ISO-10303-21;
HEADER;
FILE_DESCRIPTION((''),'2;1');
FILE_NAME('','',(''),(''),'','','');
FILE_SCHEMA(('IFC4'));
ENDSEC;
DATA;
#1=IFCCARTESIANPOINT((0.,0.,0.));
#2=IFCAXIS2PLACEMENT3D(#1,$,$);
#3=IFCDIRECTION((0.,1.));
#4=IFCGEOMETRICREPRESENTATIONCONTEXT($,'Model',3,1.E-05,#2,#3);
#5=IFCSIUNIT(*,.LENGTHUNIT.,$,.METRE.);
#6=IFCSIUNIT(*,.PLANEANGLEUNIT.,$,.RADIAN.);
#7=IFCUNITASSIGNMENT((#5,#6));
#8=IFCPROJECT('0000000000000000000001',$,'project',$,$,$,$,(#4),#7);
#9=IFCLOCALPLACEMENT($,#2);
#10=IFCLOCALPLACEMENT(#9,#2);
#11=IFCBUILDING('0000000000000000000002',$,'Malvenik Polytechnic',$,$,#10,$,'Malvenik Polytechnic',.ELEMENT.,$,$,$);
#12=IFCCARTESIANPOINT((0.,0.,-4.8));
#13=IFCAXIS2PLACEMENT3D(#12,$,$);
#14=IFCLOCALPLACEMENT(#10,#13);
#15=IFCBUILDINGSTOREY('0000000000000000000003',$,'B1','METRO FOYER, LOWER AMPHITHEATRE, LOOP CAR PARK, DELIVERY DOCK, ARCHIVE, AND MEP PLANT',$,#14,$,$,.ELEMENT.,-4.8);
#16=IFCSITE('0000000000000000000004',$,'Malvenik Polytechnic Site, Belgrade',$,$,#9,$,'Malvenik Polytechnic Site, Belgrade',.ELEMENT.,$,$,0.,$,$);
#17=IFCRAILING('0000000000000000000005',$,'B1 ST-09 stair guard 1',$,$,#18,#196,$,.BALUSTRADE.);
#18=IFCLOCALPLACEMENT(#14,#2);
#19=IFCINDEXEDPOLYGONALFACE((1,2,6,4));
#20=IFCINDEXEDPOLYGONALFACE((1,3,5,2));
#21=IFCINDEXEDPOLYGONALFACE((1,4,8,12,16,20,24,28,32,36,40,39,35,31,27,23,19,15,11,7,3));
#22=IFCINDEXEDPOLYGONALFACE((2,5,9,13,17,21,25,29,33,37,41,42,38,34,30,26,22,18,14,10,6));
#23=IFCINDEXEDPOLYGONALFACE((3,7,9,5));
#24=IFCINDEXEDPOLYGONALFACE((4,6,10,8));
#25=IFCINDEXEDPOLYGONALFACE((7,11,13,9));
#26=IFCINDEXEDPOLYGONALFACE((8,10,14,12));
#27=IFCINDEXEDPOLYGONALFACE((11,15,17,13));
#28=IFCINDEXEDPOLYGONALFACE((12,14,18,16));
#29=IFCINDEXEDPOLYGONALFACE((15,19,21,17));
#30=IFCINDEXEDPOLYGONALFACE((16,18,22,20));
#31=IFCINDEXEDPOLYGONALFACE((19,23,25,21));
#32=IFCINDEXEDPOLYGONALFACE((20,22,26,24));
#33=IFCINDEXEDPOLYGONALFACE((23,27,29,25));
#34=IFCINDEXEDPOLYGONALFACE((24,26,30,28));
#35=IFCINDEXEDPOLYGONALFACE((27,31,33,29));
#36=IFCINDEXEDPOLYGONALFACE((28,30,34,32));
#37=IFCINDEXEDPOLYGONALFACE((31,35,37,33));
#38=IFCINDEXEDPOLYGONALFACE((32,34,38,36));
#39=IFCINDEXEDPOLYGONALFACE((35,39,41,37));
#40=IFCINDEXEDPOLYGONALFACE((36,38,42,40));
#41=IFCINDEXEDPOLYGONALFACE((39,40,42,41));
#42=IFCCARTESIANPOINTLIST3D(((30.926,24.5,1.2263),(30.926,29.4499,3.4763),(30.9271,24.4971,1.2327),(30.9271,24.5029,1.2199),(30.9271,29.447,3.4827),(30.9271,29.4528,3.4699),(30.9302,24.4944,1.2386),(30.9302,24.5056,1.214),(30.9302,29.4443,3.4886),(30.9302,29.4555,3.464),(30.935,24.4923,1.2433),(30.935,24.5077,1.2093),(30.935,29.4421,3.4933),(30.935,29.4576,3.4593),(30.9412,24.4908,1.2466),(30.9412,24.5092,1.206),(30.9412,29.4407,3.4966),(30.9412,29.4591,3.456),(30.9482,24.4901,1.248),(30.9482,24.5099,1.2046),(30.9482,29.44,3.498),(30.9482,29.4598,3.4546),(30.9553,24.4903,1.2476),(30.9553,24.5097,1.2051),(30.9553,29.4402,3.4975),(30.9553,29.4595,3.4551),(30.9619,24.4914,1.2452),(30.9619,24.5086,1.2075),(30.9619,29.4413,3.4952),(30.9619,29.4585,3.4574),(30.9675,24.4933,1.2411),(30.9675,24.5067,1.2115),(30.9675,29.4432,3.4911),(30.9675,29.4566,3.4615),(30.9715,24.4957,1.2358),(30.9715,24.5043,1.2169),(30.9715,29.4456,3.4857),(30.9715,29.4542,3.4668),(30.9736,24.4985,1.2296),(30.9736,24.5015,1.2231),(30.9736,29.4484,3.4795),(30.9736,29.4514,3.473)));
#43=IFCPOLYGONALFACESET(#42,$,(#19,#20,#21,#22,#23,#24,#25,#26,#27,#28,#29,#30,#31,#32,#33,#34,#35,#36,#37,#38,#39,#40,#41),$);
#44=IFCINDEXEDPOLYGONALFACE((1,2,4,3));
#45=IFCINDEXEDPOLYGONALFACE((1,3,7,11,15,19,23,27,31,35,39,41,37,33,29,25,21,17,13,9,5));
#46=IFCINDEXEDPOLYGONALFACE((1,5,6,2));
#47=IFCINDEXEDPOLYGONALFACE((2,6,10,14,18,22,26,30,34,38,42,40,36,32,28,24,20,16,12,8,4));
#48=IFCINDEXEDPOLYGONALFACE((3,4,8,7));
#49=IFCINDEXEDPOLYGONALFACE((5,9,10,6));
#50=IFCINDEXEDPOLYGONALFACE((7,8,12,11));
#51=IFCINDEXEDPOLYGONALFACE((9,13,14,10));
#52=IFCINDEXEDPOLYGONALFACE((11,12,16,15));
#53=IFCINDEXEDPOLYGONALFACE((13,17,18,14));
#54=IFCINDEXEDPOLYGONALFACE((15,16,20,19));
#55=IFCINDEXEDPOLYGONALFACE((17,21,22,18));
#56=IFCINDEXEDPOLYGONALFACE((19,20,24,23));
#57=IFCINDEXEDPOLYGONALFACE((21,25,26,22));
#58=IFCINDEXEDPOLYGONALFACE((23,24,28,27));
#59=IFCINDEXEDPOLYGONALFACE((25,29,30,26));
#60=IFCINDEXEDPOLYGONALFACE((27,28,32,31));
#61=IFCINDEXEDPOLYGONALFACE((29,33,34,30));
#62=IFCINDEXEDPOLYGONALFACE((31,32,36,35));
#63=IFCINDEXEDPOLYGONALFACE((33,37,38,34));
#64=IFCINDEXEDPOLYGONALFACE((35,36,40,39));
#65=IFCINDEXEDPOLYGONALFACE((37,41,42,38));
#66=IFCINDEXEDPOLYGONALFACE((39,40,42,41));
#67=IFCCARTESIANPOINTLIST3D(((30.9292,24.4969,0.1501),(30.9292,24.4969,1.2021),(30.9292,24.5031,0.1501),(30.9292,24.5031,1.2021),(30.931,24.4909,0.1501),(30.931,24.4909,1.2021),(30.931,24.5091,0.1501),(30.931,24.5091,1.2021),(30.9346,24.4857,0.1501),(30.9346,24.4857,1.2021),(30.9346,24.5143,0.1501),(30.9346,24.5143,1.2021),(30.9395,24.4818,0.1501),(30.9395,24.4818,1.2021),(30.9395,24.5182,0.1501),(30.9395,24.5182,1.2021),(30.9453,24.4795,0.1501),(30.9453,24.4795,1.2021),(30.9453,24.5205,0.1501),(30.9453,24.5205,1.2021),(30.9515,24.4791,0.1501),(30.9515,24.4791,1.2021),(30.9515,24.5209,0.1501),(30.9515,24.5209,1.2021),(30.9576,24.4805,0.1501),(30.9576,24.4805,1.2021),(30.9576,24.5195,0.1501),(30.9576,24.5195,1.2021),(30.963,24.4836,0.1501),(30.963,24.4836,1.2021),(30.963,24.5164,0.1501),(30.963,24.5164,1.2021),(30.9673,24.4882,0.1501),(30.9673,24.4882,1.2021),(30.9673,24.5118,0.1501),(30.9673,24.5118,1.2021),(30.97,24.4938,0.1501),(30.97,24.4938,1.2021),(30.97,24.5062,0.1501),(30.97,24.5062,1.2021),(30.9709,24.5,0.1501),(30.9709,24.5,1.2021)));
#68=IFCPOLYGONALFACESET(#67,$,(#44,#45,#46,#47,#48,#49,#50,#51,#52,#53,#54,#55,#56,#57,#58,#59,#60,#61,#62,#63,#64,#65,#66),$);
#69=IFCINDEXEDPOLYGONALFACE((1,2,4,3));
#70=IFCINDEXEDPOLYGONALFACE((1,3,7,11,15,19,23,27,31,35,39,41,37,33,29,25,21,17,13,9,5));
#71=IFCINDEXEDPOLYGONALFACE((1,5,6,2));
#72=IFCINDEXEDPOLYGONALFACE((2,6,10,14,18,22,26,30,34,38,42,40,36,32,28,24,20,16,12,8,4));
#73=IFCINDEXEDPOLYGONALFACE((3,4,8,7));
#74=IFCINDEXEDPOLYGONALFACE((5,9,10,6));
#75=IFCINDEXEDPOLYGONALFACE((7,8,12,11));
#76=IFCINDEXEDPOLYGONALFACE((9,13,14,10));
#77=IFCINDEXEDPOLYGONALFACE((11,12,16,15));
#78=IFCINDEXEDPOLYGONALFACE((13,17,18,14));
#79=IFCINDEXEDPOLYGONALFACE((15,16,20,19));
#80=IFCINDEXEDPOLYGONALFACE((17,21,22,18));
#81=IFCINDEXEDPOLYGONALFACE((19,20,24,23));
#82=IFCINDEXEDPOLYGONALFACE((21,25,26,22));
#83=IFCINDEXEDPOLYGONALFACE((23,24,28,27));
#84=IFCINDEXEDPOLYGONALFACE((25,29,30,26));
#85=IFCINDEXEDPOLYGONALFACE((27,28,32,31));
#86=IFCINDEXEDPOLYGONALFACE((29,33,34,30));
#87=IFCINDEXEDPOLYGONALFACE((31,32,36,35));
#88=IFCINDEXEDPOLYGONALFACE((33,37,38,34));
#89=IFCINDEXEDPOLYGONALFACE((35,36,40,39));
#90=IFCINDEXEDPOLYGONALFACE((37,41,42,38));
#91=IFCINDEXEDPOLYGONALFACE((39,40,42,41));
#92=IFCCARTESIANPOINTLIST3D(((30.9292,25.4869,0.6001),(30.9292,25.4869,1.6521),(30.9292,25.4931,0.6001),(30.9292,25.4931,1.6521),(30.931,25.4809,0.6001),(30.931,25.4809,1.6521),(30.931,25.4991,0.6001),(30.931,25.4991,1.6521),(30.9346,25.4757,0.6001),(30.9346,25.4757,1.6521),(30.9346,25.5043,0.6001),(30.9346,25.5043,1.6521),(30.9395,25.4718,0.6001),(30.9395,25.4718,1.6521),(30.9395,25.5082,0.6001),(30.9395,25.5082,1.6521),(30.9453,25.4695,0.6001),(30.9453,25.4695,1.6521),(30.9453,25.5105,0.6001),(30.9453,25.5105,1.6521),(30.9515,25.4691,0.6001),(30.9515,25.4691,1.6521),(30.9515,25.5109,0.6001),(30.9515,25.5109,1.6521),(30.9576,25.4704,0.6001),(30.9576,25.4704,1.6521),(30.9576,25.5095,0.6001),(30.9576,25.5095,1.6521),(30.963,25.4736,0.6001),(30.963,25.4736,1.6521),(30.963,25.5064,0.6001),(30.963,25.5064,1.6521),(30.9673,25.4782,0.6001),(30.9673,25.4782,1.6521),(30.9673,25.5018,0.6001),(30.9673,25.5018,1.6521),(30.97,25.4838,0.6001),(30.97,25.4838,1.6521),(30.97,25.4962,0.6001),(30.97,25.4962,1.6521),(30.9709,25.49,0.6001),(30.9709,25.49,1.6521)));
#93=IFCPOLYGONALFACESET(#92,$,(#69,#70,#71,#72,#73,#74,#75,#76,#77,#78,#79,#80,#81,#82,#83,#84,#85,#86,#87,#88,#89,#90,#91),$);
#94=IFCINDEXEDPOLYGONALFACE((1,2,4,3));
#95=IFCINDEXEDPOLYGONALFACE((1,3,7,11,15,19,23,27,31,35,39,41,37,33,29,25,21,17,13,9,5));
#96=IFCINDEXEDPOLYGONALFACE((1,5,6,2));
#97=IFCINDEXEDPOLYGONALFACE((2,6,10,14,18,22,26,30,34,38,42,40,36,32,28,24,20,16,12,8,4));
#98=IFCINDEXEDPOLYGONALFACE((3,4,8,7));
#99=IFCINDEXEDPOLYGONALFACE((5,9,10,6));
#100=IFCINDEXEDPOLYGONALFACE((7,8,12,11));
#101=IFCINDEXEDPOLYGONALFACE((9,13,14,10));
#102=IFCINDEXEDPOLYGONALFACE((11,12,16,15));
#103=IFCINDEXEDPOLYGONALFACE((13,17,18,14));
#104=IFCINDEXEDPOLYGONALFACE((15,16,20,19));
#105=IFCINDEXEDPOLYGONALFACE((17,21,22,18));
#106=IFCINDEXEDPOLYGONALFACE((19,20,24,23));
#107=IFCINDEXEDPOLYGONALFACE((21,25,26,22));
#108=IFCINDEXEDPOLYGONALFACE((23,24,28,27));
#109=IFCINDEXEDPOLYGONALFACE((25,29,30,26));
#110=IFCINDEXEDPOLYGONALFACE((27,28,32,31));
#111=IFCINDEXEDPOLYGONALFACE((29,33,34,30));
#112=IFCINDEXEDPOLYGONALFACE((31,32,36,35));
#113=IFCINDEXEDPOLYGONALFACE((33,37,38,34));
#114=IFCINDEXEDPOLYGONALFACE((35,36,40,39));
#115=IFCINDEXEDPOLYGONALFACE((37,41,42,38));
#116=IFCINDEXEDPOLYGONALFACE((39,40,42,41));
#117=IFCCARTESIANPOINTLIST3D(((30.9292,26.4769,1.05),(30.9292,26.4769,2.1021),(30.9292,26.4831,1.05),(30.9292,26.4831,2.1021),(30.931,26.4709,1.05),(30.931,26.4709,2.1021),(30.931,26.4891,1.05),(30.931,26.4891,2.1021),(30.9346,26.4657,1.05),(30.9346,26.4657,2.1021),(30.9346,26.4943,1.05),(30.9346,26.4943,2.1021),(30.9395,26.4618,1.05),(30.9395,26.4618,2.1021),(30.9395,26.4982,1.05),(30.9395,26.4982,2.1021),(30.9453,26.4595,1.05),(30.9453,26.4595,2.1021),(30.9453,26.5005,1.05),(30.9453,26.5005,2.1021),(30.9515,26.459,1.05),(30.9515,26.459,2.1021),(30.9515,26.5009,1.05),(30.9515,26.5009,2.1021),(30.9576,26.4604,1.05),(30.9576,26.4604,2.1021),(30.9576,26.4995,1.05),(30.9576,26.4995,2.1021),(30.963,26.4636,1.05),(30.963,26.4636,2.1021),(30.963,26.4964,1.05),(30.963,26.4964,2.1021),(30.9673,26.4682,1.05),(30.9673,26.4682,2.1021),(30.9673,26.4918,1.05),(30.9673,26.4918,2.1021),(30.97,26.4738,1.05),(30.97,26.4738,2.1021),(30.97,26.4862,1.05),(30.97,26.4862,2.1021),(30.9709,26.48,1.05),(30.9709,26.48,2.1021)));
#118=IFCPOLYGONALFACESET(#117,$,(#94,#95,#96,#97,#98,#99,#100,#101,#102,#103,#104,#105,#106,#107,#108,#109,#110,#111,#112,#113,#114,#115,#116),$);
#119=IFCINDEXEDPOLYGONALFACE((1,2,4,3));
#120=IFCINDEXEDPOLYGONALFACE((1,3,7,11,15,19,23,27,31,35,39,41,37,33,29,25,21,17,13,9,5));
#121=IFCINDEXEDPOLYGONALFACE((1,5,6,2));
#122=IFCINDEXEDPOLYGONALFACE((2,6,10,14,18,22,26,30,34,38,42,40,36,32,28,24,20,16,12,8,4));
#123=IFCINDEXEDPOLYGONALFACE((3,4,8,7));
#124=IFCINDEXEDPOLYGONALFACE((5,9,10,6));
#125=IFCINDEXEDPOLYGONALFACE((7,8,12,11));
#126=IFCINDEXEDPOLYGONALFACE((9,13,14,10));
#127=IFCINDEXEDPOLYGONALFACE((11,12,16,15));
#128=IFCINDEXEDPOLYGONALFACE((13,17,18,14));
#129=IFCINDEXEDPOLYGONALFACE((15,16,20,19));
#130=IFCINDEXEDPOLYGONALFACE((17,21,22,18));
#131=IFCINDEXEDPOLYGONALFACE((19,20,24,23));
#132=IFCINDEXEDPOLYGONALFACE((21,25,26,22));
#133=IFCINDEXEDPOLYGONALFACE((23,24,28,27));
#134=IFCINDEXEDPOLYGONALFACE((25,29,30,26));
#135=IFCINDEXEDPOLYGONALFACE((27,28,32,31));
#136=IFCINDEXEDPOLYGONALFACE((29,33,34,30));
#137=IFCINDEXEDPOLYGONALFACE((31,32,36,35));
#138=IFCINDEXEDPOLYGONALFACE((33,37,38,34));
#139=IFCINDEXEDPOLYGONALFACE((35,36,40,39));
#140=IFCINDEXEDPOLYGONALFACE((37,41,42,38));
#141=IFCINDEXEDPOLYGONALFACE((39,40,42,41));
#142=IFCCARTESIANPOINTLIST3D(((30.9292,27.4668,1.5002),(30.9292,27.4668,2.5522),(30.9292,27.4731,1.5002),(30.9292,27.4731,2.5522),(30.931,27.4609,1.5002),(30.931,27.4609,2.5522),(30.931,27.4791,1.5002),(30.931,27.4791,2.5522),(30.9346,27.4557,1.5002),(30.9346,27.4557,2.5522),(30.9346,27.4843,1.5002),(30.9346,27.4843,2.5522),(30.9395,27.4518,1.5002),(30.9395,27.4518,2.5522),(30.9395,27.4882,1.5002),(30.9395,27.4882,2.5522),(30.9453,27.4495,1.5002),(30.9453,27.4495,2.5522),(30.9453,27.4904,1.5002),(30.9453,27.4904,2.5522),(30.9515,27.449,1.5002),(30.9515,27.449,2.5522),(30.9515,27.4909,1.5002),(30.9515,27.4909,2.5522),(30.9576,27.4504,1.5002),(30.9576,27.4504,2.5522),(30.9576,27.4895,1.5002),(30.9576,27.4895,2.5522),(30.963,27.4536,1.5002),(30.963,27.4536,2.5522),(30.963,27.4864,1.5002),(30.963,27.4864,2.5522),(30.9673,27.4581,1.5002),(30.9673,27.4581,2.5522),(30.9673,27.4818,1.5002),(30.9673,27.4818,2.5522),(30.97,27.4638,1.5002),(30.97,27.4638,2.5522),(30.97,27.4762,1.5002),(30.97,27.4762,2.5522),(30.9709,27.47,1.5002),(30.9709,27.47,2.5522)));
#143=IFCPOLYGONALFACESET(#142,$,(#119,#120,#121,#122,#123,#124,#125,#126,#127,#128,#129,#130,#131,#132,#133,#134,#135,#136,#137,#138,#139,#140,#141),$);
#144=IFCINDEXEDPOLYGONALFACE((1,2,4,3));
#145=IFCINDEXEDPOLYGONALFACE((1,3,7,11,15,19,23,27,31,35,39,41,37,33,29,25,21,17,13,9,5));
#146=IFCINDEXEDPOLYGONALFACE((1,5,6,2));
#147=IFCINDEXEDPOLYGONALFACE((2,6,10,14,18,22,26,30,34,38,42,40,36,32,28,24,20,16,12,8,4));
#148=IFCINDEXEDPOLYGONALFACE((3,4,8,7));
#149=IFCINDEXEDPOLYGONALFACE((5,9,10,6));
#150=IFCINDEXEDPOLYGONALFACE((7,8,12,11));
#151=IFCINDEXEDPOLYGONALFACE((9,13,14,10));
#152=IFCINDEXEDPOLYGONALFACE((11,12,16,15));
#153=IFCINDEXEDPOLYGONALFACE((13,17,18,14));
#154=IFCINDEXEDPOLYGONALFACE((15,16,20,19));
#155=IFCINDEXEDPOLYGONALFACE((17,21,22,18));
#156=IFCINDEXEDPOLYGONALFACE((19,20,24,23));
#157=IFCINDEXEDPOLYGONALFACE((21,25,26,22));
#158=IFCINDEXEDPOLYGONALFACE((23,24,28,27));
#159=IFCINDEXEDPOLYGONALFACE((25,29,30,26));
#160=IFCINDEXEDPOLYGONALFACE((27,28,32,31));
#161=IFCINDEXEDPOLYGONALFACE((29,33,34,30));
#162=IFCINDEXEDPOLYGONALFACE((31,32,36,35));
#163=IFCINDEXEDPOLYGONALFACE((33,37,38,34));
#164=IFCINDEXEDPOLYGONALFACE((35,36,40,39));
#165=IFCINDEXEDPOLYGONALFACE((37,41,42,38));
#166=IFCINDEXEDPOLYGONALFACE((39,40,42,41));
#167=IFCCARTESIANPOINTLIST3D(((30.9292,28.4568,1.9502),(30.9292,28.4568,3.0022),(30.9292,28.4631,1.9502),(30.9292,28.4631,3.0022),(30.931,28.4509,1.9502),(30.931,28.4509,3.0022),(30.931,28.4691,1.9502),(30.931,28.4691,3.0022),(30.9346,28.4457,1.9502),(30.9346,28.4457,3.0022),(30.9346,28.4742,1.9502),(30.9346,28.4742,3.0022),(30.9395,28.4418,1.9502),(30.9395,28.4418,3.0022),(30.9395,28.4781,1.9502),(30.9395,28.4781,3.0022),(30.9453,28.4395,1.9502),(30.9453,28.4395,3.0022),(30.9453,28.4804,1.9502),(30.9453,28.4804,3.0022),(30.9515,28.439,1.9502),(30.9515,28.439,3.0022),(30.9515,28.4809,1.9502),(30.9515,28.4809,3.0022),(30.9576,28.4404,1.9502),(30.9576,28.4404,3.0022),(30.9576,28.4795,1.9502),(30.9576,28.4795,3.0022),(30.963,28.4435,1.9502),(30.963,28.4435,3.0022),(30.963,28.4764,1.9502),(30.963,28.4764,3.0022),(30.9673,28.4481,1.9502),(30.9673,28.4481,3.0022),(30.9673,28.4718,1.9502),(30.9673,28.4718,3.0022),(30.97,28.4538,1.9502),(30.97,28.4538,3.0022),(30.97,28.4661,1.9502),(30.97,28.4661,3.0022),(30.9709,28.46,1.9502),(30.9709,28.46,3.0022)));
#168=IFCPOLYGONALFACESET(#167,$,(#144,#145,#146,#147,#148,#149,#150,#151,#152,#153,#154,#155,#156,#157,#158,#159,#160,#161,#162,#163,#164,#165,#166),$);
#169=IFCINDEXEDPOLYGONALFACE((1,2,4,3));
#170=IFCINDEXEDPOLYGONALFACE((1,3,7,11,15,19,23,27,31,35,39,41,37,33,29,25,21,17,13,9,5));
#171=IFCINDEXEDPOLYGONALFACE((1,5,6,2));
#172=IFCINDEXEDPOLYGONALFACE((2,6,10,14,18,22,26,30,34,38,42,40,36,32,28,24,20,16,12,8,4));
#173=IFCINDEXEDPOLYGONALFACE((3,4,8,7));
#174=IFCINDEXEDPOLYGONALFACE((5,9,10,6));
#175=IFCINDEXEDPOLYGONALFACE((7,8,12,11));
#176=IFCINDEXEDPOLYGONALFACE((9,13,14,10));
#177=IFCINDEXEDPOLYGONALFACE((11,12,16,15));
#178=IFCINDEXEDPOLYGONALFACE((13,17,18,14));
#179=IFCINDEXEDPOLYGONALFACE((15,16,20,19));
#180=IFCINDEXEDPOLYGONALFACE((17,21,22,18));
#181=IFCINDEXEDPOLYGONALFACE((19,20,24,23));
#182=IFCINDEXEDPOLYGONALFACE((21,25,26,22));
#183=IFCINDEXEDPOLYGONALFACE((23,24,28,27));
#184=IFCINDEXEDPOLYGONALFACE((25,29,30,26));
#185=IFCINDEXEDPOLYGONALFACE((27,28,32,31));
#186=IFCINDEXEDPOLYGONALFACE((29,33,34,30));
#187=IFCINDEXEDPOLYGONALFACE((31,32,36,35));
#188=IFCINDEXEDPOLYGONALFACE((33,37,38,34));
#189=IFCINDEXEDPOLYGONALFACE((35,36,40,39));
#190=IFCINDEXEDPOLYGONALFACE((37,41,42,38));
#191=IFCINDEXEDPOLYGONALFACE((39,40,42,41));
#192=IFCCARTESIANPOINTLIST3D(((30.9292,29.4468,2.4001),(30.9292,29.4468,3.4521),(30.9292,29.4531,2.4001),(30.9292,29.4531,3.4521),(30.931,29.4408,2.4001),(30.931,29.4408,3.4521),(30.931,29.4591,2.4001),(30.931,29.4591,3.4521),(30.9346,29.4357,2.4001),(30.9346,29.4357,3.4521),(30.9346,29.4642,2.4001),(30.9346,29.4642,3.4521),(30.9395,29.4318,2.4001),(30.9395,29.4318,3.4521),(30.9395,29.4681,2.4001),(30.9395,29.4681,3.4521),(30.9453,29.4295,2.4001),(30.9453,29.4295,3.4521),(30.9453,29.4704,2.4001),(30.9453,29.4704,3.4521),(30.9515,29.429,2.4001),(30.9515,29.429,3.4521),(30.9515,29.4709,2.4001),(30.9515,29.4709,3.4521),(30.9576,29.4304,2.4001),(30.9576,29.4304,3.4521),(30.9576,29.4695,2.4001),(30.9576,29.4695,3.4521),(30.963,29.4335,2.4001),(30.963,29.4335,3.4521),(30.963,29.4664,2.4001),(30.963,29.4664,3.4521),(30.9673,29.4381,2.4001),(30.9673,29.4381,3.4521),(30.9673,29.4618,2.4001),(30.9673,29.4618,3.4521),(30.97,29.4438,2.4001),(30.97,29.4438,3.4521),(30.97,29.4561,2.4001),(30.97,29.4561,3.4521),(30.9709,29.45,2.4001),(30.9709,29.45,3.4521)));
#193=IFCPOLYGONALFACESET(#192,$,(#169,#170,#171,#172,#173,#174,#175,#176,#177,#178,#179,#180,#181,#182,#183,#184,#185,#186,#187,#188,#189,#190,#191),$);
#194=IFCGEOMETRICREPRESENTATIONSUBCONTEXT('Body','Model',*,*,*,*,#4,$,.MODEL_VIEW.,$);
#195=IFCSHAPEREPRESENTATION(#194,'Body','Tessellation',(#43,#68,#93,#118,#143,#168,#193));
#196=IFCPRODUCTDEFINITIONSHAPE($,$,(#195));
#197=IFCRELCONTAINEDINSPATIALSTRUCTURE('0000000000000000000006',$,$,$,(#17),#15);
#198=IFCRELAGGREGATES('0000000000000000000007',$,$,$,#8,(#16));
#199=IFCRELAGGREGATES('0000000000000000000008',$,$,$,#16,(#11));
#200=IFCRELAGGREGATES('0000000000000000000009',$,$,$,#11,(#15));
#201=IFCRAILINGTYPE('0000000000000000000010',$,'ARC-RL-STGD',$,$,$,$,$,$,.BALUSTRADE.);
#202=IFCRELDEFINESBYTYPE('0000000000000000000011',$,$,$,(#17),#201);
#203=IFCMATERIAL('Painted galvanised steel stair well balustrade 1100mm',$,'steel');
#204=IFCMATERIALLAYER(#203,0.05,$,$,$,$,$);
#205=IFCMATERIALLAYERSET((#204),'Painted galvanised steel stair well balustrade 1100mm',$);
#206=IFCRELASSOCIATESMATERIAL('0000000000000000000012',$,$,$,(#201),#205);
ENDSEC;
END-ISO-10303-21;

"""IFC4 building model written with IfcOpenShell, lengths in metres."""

from ifc_helpers import new_model, si_unit, direction, frame, origin, origin_2d, place, context, subcontext, project, spatial, circle, extrude, material, layer, layer_set, type_object, element, save


model = new_model("IFC4")

# Units and contexts
model_context = context("Model", 3, precision=1e-05, world=origin(), true_north=direction((0.0, 1.0)))
body_context = subcontext(model_context, "Body", "Model", "MODEL_VIEW")
ifc_project = project(units=[si_unit("LENGTHUNIT", "METRE"), si_unit("PLANEANGLEUNIT", "RADIAN")], contexts=[model_context])

# Site, building, storey
site_placement = place(None, origin())
site = spatial("IfcSite", under=ifc_project, at=site_placement, Name="Malvenik Polytechnic Site, Belgrade", LongName="Malvenik Polytechnic Site, Belgrade", CompositionType="ELEMENT", RefElevation=0.0)
building_placement = place(site_placement, origin())
building = spatial("IfcBuilding", under=site, at=building_placement, Name="Malvenik Polytechnic", LongName="Malvenik Polytechnic", CompositionType="ELEMENT")
storey_placement = place(building_placement, frame((0.0, 0.0, -4.8)))
storey = spatial("IfcBuildingStorey", under=building, at=storey_placement, Name="B1", Description="METRO FOYER, LOWER AMPHITHEATRE, LOOP CAR PARK, DELIVERY DOCK, ARCHIVE, AND MEP PLANT", CompositionType="ELEMENT", Elevation=-4.8)

# Railing
ifc_material_1 = material(Name="Painted galvanised steel stair well balustrade 1100mm", Category="steel")
ifc_layer_1 = layer(ifc_material_1, 0.05)
ifc_layer_set_1 = layer_set([ifc_layer_1], Name="Painted galvanised steel stair well balustrade 1100mm")
railing_type_1 = type_object("IfcRailingType", Name="ARC-RL-STGD", PredefinedType="BALUSTRADE", material=ifc_layer_set_1)
railing_1_placement = place(storey_placement, frame((30.95, 24.5, 0.1501)))
element("IfcRailing", 1, at=railing_1_placement, inside=storey, type_object=railing_type_1, Name="B1 ST-09 stair guard 1", PredefinedType="BALUSTRADE", context=body_context, shape_type="SweptSolid", body=[
    extrude(circle(Radius=0.0239, at=origin_2d()), frame((0.0, 0.0, 1.0762), z_axis=(0.0, 0.910365, 0.413806), x_axis=(-1.0, 0.0, 0.0)), (0.0, 0.0, 1.0), 5.4373),
    extrude(circle(Radius=0.021, at=origin_2d()), origin(), (0.0, 0.0, 1.0), 1.052),
    extrude(circle(Radius=0.021, at=origin_2d()), frame((0.0, 0.99, 0.45)), (0.0, 0.0, 1.0), 1.052),
    extrude(circle(Radius=0.021, at=origin_2d()), frame((0.0, 1.98, 0.8999)), (0.0, 0.0, 1.0), 1.052),
    extrude(circle(Radius=0.021, at=origin_2d()), frame((0.0, 2.97, 1.3501)), (0.0, 0.0, 1.0), 1.052),
    extrude(circle(Radius=0.021, at=origin_2d()), frame((0.0, 3.96, 1.8)), (0.0, 0.0, 1.0), 1.052),
    extrude(circle(Radius=0.021, at=origin_2d()), frame((0.0, 4.95, 2.25)), (0.0, 0.0, 1.0), 1.052),
])

save(model, "model.ifc")
